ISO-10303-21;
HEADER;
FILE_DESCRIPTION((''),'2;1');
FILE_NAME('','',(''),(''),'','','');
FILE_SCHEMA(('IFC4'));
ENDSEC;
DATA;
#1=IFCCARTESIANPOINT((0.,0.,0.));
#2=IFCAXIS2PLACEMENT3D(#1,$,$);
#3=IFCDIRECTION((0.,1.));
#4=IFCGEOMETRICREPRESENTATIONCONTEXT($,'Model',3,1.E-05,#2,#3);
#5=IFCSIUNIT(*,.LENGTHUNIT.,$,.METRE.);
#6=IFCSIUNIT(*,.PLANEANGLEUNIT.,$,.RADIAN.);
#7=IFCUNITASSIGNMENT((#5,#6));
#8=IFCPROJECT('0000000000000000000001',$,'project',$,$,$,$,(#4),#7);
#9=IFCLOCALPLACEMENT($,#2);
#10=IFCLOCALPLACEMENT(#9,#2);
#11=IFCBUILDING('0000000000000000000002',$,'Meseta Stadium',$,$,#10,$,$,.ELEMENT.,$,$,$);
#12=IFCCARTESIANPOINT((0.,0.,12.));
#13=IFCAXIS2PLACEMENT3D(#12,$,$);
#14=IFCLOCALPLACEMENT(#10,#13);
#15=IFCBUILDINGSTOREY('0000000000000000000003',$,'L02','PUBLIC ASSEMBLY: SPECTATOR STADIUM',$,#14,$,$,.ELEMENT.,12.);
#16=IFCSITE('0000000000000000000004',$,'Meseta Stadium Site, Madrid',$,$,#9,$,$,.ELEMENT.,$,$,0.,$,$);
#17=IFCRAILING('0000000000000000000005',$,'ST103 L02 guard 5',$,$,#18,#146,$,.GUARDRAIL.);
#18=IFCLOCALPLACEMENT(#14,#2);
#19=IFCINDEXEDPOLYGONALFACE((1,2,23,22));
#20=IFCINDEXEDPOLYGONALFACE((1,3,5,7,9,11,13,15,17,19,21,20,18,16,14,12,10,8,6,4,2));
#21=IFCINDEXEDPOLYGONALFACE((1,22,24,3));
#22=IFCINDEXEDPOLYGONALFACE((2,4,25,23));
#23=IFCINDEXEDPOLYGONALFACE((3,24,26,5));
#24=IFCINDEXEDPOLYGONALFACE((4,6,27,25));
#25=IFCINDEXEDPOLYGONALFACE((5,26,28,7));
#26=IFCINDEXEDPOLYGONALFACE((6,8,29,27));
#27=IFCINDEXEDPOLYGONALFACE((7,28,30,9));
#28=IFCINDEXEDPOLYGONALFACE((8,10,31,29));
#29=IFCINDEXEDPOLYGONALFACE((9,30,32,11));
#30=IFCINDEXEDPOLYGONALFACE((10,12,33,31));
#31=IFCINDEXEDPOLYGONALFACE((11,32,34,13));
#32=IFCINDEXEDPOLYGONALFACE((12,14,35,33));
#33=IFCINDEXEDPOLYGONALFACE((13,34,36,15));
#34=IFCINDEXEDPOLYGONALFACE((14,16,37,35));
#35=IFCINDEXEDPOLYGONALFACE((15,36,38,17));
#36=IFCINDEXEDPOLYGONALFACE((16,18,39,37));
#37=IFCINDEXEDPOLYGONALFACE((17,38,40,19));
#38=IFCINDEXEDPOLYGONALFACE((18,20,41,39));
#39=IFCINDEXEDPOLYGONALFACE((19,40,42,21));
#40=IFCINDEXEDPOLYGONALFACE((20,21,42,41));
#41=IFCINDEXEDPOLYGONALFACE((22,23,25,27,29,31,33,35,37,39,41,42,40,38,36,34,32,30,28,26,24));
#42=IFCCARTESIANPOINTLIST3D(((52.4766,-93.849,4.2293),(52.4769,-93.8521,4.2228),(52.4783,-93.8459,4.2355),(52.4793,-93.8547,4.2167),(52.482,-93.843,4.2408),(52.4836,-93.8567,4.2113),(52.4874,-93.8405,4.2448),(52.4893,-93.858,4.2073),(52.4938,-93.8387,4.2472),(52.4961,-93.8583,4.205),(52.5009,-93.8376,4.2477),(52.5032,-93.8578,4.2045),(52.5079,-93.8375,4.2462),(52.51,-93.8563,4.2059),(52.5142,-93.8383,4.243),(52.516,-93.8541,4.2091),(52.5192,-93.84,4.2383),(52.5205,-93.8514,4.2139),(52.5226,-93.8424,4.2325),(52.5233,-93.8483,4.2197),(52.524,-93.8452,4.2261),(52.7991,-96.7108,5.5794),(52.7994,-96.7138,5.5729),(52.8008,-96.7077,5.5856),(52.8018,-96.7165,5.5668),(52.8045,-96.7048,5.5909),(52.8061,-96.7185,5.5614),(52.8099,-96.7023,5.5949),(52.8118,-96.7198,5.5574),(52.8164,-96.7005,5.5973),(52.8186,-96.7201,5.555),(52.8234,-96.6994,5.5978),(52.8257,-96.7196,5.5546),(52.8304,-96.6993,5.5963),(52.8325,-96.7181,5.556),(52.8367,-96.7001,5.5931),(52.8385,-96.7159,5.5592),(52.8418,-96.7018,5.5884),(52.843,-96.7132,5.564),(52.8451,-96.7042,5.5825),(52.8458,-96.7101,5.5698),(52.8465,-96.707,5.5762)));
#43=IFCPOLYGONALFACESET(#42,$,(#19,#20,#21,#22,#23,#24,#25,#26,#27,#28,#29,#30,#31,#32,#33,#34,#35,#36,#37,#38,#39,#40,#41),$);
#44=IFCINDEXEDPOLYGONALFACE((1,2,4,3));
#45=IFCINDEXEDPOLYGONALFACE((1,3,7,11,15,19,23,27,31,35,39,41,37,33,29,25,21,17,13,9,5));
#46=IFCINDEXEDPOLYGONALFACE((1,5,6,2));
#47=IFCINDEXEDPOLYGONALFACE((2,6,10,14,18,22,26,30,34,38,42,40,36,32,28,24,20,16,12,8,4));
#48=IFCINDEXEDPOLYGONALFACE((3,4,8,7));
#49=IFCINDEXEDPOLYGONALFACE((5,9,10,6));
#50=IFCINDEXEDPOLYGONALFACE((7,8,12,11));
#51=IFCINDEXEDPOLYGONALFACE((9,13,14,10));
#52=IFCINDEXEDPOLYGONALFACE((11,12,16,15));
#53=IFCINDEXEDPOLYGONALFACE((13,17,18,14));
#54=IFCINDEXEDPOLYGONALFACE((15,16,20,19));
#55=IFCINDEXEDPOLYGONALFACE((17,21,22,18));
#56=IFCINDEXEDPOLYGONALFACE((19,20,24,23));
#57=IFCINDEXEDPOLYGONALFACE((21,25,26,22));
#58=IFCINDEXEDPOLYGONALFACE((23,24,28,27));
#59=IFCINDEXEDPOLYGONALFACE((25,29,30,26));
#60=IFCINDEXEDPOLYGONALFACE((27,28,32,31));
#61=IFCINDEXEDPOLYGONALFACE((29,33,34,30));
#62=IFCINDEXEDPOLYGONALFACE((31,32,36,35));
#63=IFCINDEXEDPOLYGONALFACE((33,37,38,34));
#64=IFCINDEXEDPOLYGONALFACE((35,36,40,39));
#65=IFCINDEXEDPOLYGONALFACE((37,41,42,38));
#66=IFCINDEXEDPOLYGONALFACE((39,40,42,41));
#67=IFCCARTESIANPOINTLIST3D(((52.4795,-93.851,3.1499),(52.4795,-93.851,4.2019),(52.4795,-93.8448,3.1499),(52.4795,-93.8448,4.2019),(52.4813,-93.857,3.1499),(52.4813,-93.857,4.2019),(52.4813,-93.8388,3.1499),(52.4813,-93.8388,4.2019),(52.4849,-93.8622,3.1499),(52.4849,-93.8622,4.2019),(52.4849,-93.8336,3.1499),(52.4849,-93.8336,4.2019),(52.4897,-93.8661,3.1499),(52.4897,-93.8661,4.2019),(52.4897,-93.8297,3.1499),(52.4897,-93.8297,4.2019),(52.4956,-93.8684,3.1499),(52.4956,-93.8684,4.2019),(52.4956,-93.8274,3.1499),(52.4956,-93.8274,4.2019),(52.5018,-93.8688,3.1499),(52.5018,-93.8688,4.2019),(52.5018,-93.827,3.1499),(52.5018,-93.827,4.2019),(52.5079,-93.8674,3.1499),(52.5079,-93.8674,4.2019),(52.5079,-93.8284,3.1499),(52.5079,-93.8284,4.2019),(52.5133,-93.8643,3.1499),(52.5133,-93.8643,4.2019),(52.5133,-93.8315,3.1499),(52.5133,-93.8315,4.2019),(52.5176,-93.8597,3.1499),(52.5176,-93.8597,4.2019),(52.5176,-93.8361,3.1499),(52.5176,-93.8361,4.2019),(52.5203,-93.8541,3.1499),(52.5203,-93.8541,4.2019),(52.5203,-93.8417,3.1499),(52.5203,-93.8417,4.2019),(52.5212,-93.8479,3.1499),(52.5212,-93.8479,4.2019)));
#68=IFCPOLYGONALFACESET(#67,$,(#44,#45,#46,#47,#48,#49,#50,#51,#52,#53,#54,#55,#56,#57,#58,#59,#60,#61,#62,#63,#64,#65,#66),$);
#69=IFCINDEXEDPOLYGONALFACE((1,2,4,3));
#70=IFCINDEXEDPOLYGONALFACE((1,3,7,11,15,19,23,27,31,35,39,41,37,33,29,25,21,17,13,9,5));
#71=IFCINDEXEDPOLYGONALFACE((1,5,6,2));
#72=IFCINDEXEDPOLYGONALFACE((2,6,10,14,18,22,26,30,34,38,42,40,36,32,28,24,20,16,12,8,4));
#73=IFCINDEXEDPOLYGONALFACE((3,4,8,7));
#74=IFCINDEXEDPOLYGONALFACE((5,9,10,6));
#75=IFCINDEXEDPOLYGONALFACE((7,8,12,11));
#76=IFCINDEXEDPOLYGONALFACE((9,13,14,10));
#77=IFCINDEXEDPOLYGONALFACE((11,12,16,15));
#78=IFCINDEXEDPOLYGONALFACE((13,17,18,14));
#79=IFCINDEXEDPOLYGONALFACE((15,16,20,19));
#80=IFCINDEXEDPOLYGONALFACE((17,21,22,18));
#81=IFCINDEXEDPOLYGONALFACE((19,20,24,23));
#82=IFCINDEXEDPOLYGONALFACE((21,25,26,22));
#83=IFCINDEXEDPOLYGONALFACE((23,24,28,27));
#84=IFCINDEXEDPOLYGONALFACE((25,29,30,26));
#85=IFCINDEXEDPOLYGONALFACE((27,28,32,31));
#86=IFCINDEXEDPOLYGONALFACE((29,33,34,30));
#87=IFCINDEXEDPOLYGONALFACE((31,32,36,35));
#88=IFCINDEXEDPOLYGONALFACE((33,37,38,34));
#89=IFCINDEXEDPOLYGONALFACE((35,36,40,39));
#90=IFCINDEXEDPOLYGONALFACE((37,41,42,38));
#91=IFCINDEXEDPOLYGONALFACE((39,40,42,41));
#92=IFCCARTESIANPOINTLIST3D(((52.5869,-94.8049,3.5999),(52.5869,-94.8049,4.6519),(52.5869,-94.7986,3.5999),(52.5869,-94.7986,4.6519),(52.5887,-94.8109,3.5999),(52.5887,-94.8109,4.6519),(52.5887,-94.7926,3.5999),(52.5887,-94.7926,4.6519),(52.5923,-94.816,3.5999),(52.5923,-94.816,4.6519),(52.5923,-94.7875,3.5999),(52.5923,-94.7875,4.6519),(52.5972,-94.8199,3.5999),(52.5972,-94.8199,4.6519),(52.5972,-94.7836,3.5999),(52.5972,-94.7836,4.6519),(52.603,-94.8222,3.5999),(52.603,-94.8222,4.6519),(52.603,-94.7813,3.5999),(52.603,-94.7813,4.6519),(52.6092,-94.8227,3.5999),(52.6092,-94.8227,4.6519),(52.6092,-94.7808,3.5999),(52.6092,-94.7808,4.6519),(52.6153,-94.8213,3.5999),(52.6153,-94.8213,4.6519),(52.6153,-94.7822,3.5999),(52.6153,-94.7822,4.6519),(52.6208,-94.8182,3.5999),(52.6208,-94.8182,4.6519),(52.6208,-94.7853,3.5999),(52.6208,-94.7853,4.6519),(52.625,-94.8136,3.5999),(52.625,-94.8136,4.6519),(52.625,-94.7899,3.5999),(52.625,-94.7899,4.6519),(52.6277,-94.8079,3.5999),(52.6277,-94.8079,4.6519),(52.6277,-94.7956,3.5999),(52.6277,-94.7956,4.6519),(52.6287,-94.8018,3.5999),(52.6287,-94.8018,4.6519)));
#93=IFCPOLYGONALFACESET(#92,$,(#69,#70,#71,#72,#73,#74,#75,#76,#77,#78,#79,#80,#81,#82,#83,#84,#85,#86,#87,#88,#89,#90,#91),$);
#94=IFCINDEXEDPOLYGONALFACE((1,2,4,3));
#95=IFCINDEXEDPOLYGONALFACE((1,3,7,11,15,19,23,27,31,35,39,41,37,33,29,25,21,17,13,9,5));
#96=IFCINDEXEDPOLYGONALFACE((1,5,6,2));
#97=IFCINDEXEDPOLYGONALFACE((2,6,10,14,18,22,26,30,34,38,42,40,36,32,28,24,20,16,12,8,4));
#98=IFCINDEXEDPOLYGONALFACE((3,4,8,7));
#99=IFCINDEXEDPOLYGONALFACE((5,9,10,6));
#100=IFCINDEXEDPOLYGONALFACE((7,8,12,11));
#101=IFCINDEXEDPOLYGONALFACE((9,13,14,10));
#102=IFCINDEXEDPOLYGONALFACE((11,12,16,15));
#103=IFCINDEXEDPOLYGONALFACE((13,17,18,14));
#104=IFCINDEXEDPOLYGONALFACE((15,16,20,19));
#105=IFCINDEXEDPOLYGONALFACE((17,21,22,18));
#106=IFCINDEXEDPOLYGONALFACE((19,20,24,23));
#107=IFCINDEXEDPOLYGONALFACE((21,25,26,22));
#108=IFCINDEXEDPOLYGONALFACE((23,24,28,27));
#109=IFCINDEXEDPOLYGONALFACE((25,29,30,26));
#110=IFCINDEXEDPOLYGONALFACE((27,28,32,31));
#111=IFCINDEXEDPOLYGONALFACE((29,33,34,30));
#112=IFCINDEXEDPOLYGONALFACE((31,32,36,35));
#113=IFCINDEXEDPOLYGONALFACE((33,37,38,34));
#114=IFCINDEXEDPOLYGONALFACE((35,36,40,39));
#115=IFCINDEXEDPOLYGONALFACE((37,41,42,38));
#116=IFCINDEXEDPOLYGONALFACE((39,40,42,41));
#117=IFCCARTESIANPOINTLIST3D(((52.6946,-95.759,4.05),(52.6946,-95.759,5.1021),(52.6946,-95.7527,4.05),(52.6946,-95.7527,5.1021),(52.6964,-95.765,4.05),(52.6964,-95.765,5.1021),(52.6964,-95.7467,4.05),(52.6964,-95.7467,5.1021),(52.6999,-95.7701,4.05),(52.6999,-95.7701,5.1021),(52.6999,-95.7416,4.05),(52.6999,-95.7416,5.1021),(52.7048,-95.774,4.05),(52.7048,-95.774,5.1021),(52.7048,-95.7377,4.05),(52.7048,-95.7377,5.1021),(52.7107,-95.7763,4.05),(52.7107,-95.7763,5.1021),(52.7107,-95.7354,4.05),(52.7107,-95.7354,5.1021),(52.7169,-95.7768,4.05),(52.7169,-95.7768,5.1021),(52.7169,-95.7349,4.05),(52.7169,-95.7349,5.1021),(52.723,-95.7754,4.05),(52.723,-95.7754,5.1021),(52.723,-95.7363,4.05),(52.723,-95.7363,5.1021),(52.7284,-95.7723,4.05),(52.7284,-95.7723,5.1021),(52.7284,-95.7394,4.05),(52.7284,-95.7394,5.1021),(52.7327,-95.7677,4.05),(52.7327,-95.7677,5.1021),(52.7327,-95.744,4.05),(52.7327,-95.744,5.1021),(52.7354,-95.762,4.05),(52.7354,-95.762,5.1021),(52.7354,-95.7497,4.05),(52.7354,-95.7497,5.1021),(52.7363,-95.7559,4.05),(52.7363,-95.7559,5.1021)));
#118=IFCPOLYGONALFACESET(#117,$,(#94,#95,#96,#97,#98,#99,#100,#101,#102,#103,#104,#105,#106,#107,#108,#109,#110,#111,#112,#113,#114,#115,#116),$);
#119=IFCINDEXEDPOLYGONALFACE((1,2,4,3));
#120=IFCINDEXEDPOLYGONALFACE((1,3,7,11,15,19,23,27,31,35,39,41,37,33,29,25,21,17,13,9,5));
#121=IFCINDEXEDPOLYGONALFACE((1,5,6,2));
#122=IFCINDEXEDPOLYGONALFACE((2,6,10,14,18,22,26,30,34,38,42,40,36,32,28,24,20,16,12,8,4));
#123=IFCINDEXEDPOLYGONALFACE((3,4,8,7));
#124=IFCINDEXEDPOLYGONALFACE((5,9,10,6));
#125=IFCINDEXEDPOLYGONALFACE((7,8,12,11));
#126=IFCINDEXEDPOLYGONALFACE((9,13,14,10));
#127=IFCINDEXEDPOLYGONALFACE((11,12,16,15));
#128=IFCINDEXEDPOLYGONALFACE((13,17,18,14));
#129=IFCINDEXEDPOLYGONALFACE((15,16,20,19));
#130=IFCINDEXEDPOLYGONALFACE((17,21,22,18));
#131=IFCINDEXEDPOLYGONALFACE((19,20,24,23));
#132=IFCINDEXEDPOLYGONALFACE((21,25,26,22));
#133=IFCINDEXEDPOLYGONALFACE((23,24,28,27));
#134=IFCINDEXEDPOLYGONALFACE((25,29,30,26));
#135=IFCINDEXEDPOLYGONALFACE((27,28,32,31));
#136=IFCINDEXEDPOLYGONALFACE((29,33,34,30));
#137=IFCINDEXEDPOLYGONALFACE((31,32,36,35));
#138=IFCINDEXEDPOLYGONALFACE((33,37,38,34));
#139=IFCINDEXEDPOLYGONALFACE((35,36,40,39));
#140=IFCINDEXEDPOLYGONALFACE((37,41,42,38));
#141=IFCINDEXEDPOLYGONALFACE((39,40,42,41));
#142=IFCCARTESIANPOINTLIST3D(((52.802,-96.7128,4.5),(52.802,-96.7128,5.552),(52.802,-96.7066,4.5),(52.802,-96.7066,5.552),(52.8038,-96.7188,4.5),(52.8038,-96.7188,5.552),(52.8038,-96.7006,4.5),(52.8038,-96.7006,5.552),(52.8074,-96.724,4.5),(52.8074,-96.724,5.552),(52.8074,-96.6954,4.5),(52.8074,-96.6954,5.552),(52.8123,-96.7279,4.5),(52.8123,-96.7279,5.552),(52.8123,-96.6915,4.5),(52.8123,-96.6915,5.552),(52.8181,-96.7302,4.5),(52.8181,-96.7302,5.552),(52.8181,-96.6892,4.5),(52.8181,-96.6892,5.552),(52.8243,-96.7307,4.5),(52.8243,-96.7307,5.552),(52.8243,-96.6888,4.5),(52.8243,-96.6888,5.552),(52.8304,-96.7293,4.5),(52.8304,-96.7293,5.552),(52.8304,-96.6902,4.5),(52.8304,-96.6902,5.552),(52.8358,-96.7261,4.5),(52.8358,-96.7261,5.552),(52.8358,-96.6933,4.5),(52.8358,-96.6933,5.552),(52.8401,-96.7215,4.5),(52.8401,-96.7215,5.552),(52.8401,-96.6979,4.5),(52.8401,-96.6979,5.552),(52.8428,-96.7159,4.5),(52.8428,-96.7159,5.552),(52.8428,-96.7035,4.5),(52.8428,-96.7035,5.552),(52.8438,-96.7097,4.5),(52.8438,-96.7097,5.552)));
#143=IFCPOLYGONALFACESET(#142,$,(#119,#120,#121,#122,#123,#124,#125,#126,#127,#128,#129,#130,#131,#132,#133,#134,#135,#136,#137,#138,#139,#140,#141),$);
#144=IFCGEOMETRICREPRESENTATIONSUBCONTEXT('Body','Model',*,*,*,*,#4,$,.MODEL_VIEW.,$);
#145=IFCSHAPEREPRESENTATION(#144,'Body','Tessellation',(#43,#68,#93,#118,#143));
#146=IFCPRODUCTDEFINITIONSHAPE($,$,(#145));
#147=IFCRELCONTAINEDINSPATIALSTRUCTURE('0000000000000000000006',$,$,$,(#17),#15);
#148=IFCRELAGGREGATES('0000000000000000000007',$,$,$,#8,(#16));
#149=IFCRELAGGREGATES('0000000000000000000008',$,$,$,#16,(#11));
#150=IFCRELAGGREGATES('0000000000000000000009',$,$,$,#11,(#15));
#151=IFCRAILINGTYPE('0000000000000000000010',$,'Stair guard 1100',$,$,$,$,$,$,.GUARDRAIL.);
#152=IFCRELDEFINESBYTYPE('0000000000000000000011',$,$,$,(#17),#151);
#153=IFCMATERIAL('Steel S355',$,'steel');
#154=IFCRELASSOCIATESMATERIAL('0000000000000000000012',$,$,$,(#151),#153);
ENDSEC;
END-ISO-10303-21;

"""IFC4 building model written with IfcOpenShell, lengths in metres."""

from ifc_helpers import new_model, si_unit, direction, frame, origin, origin_2d, place, context, subcontext, project, spatial, circle, extrude, material, type_object, element, save


model = new_model("IFC4")

# Units and contexts
model_context = context("Model", 3, precision=1e-05, world=origin(), true_north=direction((0.0, 1.0)))
body_context = subcontext(model_context, "Body", "Model", "MODEL_VIEW")
ifc_project = project(units=[si_unit("LENGTHUNIT", "METRE"), si_unit("PLANEANGLEUNIT", "RADIAN")], contexts=[model_context])

# Site, building, storey
site_placement = place(None, origin())
site = spatial("IfcSite", under=ifc_project, at=site_placement, Name="Meseta Stadium Site, Madrid", CompositionType="ELEMENT", RefElevation=0.0)
building_placement = place(site_placement, origin())
building = spatial("IfcBuilding", under=site, at=building_placement, Name="Meseta Stadium", CompositionType="ELEMENT")
storey_placement = place(building_placement, frame((0.0, 0.0, 12.0)))
storey = spatial("IfcBuildingStorey", under=building, at=storey_placement, Name="L02", Description="PUBLIC ASSEMBLY: SPECTATOR STADIUM", CompositionType="ELEMENT", Elevation=12.0)

# Railing
ifc_material_1 = material(Name="Steel S355", Category="steel")
railing_type_1 = type_object("IfcRailingType", Name="Stair guard 1100", PredefinedType="GUARDRAIL", material=ifc_material_1)
railing_1_placement = place(storey_placement, frame((52.5002, -93.8479, 3.1499)))
element("IfcRailing", 1, at=railing_1_placement, inside=storey, type_object=railing_type_1, Name="ST103 L02 guard 5", PredefinedType="GUARDRAIL", context=body_context, shape_type="SweptSolid", body=[
    extrude(circle(Radius=0.0239, at=origin_2d()), frame((0.0, 0.0, 1.0762), z_axis=(0.101396, -0.899748, 0.424467), x_axis=(0.99371, 0.111985, 0.0)), (0.0, 0.0, 1.0), 3.1807),
    extrude(circle(Radius=0.021, at=origin_2d()), origin(), (0.0, 0.0, 1.0), 1.052),
    extrude(circle(Radius=0.021, at=origin_2d()), frame((0.1074, -0.9539, 0.45)), (0.0, 0.0, 1.0), 1.052),
    extrude(circle(Radius=0.021, at=origin_2d()), frame((0.2151, -1.908, 0.9001)), (0.0, 0.0, 1.0), 1.052),
    extrude(circle(Radius=0.021, at=origin_2d()), frame((0.3225, -2.8618, 1.3501)), (0.0, 0.0, 1.0), 1.052),
])

save(model, "model.ifc")
